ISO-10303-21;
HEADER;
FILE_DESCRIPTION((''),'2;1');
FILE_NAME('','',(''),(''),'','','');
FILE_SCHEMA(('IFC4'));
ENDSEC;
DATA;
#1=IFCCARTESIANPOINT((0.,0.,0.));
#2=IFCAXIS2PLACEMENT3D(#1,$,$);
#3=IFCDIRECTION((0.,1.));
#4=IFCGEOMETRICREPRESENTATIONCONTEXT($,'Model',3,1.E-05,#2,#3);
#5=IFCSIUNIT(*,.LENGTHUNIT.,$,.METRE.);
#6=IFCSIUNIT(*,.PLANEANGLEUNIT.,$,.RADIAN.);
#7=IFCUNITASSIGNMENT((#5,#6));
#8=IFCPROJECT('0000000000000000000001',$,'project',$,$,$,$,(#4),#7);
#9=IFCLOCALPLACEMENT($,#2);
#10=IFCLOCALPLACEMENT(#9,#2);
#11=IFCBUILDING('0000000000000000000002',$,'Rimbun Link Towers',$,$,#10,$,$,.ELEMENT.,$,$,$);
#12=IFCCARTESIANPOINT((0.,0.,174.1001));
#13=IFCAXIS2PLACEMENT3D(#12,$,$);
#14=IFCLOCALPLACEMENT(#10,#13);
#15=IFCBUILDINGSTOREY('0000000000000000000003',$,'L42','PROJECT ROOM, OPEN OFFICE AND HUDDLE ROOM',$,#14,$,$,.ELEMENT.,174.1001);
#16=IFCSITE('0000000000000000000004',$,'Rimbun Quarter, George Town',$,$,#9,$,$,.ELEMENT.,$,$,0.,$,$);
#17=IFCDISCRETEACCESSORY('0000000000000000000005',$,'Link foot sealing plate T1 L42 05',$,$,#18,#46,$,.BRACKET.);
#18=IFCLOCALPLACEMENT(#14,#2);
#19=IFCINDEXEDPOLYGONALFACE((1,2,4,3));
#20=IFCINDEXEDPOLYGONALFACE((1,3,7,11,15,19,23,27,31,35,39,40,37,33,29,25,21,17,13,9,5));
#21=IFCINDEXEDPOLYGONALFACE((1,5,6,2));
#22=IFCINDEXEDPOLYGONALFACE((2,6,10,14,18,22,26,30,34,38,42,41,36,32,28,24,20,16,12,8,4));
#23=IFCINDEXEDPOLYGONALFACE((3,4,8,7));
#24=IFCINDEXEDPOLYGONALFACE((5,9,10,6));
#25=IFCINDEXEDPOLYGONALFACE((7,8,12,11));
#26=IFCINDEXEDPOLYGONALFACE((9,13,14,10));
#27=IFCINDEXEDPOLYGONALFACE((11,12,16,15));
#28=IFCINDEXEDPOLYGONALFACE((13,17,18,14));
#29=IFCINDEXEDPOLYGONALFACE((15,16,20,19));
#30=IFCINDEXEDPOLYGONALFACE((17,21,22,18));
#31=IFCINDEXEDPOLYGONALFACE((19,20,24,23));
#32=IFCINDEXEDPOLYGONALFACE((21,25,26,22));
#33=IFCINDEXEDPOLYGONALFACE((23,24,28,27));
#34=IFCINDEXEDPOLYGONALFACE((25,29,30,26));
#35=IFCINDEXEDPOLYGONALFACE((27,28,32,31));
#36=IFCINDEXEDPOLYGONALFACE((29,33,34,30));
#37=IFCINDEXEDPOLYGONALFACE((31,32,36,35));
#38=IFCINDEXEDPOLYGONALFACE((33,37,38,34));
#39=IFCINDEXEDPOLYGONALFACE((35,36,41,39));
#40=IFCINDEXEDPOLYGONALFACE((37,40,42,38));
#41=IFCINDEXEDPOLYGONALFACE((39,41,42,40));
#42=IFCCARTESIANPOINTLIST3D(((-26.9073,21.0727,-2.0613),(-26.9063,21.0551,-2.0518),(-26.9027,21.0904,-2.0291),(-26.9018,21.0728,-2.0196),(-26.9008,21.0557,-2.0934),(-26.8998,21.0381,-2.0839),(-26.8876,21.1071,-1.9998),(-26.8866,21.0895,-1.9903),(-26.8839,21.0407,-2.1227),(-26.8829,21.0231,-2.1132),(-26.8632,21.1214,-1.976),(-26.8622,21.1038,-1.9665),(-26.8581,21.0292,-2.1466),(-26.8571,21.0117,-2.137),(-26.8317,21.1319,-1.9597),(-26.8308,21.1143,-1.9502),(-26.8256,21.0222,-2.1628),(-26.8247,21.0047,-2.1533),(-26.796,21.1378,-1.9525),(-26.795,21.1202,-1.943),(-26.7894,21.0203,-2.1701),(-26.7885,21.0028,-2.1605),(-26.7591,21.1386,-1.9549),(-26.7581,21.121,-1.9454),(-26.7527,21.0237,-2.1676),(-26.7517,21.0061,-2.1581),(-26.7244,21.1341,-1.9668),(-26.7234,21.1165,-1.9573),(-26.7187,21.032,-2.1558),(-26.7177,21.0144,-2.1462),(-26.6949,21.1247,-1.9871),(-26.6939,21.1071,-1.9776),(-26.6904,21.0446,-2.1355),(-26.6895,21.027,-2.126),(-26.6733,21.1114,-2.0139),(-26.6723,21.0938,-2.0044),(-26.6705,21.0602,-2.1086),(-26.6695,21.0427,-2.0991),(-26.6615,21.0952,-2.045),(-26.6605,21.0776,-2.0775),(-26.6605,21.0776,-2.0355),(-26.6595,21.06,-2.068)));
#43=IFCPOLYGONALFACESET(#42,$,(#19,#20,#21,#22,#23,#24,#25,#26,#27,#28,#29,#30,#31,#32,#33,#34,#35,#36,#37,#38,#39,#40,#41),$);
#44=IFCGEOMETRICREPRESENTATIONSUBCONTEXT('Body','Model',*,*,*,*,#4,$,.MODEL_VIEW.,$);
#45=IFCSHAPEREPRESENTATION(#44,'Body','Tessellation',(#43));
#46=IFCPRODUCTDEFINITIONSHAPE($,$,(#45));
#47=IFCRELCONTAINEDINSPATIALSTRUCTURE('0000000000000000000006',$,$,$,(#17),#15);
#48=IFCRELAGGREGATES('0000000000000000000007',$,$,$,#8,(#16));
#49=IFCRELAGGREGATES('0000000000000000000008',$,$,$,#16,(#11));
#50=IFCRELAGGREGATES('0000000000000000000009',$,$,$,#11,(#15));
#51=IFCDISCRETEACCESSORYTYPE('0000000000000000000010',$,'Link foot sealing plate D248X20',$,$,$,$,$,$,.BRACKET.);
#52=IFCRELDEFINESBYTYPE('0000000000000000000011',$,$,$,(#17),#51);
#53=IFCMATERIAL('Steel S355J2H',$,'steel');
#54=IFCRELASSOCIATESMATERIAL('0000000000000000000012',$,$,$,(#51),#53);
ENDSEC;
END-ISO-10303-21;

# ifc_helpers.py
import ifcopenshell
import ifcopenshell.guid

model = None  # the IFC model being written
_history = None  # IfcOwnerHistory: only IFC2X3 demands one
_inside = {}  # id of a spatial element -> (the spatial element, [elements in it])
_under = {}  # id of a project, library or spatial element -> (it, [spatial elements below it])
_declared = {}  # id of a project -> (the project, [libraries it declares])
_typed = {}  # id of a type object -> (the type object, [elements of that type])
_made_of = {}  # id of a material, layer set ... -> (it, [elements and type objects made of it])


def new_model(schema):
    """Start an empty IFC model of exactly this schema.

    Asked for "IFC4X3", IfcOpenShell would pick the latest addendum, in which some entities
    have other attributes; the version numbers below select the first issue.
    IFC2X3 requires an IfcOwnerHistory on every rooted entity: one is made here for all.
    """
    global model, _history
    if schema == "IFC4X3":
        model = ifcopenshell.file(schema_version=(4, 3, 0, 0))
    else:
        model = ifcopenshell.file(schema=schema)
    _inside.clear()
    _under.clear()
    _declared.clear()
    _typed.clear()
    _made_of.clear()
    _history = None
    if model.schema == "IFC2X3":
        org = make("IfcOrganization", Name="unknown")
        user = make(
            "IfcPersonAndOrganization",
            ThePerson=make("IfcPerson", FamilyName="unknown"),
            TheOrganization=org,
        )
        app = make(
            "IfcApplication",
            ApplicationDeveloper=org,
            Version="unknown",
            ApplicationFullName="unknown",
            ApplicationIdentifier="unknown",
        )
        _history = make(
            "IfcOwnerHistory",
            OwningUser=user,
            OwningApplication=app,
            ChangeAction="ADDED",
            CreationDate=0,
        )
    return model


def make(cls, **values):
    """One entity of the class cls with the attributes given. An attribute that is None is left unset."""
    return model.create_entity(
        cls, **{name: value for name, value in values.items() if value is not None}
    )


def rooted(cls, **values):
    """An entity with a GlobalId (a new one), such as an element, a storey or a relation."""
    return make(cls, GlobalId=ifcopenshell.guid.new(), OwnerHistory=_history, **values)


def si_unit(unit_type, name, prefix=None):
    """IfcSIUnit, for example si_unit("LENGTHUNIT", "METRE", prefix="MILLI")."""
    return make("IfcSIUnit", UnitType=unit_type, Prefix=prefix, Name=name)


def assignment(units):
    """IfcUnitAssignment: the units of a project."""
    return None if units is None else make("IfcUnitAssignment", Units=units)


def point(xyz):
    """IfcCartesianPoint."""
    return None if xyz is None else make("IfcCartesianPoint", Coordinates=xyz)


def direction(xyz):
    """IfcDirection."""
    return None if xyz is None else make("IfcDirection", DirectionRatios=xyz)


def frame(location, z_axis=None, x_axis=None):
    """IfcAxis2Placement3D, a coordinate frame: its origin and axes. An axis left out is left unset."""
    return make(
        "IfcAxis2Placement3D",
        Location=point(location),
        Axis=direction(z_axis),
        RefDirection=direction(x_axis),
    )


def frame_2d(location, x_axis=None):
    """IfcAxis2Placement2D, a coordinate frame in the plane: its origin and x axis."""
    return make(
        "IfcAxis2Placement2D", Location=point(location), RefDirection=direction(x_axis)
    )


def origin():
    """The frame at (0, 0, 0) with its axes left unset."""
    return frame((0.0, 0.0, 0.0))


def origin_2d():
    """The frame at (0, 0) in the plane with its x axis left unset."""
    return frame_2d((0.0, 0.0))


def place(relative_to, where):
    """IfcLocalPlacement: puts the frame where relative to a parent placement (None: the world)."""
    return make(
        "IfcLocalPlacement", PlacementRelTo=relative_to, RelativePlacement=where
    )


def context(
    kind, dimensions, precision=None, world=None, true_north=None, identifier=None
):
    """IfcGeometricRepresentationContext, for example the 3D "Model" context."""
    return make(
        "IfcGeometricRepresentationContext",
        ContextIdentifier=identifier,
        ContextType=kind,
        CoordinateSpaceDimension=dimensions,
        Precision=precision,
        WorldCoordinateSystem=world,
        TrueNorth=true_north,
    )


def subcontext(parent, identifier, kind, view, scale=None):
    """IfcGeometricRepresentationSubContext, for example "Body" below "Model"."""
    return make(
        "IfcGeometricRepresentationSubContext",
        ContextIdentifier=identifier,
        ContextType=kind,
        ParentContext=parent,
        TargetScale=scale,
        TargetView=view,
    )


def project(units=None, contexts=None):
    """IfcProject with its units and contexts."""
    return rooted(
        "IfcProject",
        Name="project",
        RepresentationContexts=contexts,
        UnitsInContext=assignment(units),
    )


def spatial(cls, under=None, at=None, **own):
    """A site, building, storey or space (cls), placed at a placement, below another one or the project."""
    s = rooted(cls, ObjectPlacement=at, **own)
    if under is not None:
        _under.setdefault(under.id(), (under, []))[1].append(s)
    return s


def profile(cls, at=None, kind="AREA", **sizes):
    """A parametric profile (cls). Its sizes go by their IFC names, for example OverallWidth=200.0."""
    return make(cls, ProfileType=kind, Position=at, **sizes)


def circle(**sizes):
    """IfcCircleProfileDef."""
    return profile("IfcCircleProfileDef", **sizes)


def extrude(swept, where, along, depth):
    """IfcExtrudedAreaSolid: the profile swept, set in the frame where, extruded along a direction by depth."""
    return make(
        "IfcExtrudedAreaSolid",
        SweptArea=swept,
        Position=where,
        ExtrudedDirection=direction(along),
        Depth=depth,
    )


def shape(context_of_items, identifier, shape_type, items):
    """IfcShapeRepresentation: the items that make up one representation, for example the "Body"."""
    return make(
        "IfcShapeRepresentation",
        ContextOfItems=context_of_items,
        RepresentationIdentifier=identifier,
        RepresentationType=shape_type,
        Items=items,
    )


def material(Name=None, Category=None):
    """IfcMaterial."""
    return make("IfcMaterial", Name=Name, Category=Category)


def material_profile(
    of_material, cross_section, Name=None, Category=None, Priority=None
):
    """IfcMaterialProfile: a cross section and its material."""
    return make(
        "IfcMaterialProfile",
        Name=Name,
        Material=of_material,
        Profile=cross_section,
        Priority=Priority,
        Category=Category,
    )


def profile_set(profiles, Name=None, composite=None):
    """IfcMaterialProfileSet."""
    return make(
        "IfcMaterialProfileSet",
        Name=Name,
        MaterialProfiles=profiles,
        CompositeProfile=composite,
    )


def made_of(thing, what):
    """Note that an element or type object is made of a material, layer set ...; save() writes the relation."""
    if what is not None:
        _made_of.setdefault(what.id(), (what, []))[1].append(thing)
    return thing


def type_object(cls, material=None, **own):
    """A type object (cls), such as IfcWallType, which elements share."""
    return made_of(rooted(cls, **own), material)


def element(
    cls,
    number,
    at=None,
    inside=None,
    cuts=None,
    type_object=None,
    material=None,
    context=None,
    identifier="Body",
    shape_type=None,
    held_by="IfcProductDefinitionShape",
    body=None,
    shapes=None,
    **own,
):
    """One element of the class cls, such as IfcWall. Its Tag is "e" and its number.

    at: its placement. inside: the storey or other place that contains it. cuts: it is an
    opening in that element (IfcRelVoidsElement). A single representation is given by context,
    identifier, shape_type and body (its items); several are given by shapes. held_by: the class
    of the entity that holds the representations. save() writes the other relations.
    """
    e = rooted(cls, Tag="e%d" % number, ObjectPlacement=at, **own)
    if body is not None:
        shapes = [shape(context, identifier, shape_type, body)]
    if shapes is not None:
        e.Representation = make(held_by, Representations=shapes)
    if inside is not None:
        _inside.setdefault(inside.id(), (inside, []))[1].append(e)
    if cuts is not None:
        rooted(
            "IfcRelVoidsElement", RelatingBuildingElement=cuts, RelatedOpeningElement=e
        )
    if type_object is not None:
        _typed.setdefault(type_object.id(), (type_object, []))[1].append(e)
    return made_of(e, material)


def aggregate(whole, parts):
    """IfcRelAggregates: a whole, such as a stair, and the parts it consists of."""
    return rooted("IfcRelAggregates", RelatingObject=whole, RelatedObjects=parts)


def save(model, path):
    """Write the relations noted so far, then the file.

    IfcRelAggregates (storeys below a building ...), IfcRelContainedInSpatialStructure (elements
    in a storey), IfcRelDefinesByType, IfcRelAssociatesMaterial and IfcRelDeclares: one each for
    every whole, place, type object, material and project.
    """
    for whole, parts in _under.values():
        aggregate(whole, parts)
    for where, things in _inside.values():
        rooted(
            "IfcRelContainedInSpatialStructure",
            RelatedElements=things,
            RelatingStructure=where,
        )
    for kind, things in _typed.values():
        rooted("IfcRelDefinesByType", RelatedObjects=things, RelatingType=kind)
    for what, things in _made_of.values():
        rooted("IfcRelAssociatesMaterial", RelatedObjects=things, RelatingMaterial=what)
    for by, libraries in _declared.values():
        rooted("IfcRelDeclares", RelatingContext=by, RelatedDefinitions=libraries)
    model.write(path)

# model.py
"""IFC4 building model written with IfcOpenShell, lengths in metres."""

from ifc_helpers import new_model, si_unit, direction, frame, origin, origin_2d, place, context, subcontext, project, spatial, circle, extrude, material, material_profile, profile_set, type_object, element, save


model = new_model("IFC4")

# Units and contexts
model_context = context("Model", 3, precision=1e-05, world=origin(), true_north=direction((0.0, 1.0)))
body_context = subcontext(model_context, "Body", "Model", "MODEL_VIEW")
ifc_project = project(units=[si_unit("LENGTHUNIT", "METRE"), si_unit("PLANEANGLEUNIT", "RADIAN")], contexts=[model_context])

# Site, building, storey
site_placement = place(None, origin())
site = spatial("IfcSite", under=ifc_project, at=site_placement, Name="Rimbun Quarter, George Town", CompositionType="ELEMENT", RefElevation=0.0)
building_placement = place(site_placement, origin())
building = spatial("IfcBuilding", under=site, at=building_placement, Name="Rimbun Link Towers", CompositionType="ELEMENT")
storey_placement = place(building_placement, frame((0.0, 0.0, 174.1001)))
storey = spatial("IfcBuildingStorey", under=building, at=storey_placement, Name="L42", Description="PROJECT ROOM, OPEN OFFICE AND HUDDLE ROOM", CompositionType="ELEMENT", Elevation=174.1001)

# Discrete accessory
ifc_material_1 = material(Name="Steel S355J2H", Category="steel")
ifc_material_profile_1 = material_profile(ifc_material_1, circle(Radius=0.124, at=origin_2d()), Name="PL D248")
ifc_profile_set_1 = profile_set([ifc_material_profile_1], Name="Steel S355J2H")
discrete_accessory_type = type_object("IfcDiscreteAccessoryType", Name="Link foot sealing plate D248X20", PredefinedType="BRACKET", material=ifc_profile_set_1)
discrete_accessory_1_placement = place(storey_placement, frame((-26.7825, 21.062, -2.0518), z_axis=(-0.048791, 0.878245, -0.475716), x_axis=(-0.99846, -0.05547, 0.0)))
element("IfcDiscreteAccessory", 1, at=discrete_accessory_1_placement, inside=storey, type_object=discrete_accessory_type, Name="Link foot sealing plate T1 L42 05", PredefinedType="BRACKET", context=body_context, shape_type="SweptSolid", body=[
    extrude(circle(Radius=0.124, at=origin_2d()), origin(), (0.0, 0.0, 1.0), 0.02),
])

save(model, "model.ifc")
